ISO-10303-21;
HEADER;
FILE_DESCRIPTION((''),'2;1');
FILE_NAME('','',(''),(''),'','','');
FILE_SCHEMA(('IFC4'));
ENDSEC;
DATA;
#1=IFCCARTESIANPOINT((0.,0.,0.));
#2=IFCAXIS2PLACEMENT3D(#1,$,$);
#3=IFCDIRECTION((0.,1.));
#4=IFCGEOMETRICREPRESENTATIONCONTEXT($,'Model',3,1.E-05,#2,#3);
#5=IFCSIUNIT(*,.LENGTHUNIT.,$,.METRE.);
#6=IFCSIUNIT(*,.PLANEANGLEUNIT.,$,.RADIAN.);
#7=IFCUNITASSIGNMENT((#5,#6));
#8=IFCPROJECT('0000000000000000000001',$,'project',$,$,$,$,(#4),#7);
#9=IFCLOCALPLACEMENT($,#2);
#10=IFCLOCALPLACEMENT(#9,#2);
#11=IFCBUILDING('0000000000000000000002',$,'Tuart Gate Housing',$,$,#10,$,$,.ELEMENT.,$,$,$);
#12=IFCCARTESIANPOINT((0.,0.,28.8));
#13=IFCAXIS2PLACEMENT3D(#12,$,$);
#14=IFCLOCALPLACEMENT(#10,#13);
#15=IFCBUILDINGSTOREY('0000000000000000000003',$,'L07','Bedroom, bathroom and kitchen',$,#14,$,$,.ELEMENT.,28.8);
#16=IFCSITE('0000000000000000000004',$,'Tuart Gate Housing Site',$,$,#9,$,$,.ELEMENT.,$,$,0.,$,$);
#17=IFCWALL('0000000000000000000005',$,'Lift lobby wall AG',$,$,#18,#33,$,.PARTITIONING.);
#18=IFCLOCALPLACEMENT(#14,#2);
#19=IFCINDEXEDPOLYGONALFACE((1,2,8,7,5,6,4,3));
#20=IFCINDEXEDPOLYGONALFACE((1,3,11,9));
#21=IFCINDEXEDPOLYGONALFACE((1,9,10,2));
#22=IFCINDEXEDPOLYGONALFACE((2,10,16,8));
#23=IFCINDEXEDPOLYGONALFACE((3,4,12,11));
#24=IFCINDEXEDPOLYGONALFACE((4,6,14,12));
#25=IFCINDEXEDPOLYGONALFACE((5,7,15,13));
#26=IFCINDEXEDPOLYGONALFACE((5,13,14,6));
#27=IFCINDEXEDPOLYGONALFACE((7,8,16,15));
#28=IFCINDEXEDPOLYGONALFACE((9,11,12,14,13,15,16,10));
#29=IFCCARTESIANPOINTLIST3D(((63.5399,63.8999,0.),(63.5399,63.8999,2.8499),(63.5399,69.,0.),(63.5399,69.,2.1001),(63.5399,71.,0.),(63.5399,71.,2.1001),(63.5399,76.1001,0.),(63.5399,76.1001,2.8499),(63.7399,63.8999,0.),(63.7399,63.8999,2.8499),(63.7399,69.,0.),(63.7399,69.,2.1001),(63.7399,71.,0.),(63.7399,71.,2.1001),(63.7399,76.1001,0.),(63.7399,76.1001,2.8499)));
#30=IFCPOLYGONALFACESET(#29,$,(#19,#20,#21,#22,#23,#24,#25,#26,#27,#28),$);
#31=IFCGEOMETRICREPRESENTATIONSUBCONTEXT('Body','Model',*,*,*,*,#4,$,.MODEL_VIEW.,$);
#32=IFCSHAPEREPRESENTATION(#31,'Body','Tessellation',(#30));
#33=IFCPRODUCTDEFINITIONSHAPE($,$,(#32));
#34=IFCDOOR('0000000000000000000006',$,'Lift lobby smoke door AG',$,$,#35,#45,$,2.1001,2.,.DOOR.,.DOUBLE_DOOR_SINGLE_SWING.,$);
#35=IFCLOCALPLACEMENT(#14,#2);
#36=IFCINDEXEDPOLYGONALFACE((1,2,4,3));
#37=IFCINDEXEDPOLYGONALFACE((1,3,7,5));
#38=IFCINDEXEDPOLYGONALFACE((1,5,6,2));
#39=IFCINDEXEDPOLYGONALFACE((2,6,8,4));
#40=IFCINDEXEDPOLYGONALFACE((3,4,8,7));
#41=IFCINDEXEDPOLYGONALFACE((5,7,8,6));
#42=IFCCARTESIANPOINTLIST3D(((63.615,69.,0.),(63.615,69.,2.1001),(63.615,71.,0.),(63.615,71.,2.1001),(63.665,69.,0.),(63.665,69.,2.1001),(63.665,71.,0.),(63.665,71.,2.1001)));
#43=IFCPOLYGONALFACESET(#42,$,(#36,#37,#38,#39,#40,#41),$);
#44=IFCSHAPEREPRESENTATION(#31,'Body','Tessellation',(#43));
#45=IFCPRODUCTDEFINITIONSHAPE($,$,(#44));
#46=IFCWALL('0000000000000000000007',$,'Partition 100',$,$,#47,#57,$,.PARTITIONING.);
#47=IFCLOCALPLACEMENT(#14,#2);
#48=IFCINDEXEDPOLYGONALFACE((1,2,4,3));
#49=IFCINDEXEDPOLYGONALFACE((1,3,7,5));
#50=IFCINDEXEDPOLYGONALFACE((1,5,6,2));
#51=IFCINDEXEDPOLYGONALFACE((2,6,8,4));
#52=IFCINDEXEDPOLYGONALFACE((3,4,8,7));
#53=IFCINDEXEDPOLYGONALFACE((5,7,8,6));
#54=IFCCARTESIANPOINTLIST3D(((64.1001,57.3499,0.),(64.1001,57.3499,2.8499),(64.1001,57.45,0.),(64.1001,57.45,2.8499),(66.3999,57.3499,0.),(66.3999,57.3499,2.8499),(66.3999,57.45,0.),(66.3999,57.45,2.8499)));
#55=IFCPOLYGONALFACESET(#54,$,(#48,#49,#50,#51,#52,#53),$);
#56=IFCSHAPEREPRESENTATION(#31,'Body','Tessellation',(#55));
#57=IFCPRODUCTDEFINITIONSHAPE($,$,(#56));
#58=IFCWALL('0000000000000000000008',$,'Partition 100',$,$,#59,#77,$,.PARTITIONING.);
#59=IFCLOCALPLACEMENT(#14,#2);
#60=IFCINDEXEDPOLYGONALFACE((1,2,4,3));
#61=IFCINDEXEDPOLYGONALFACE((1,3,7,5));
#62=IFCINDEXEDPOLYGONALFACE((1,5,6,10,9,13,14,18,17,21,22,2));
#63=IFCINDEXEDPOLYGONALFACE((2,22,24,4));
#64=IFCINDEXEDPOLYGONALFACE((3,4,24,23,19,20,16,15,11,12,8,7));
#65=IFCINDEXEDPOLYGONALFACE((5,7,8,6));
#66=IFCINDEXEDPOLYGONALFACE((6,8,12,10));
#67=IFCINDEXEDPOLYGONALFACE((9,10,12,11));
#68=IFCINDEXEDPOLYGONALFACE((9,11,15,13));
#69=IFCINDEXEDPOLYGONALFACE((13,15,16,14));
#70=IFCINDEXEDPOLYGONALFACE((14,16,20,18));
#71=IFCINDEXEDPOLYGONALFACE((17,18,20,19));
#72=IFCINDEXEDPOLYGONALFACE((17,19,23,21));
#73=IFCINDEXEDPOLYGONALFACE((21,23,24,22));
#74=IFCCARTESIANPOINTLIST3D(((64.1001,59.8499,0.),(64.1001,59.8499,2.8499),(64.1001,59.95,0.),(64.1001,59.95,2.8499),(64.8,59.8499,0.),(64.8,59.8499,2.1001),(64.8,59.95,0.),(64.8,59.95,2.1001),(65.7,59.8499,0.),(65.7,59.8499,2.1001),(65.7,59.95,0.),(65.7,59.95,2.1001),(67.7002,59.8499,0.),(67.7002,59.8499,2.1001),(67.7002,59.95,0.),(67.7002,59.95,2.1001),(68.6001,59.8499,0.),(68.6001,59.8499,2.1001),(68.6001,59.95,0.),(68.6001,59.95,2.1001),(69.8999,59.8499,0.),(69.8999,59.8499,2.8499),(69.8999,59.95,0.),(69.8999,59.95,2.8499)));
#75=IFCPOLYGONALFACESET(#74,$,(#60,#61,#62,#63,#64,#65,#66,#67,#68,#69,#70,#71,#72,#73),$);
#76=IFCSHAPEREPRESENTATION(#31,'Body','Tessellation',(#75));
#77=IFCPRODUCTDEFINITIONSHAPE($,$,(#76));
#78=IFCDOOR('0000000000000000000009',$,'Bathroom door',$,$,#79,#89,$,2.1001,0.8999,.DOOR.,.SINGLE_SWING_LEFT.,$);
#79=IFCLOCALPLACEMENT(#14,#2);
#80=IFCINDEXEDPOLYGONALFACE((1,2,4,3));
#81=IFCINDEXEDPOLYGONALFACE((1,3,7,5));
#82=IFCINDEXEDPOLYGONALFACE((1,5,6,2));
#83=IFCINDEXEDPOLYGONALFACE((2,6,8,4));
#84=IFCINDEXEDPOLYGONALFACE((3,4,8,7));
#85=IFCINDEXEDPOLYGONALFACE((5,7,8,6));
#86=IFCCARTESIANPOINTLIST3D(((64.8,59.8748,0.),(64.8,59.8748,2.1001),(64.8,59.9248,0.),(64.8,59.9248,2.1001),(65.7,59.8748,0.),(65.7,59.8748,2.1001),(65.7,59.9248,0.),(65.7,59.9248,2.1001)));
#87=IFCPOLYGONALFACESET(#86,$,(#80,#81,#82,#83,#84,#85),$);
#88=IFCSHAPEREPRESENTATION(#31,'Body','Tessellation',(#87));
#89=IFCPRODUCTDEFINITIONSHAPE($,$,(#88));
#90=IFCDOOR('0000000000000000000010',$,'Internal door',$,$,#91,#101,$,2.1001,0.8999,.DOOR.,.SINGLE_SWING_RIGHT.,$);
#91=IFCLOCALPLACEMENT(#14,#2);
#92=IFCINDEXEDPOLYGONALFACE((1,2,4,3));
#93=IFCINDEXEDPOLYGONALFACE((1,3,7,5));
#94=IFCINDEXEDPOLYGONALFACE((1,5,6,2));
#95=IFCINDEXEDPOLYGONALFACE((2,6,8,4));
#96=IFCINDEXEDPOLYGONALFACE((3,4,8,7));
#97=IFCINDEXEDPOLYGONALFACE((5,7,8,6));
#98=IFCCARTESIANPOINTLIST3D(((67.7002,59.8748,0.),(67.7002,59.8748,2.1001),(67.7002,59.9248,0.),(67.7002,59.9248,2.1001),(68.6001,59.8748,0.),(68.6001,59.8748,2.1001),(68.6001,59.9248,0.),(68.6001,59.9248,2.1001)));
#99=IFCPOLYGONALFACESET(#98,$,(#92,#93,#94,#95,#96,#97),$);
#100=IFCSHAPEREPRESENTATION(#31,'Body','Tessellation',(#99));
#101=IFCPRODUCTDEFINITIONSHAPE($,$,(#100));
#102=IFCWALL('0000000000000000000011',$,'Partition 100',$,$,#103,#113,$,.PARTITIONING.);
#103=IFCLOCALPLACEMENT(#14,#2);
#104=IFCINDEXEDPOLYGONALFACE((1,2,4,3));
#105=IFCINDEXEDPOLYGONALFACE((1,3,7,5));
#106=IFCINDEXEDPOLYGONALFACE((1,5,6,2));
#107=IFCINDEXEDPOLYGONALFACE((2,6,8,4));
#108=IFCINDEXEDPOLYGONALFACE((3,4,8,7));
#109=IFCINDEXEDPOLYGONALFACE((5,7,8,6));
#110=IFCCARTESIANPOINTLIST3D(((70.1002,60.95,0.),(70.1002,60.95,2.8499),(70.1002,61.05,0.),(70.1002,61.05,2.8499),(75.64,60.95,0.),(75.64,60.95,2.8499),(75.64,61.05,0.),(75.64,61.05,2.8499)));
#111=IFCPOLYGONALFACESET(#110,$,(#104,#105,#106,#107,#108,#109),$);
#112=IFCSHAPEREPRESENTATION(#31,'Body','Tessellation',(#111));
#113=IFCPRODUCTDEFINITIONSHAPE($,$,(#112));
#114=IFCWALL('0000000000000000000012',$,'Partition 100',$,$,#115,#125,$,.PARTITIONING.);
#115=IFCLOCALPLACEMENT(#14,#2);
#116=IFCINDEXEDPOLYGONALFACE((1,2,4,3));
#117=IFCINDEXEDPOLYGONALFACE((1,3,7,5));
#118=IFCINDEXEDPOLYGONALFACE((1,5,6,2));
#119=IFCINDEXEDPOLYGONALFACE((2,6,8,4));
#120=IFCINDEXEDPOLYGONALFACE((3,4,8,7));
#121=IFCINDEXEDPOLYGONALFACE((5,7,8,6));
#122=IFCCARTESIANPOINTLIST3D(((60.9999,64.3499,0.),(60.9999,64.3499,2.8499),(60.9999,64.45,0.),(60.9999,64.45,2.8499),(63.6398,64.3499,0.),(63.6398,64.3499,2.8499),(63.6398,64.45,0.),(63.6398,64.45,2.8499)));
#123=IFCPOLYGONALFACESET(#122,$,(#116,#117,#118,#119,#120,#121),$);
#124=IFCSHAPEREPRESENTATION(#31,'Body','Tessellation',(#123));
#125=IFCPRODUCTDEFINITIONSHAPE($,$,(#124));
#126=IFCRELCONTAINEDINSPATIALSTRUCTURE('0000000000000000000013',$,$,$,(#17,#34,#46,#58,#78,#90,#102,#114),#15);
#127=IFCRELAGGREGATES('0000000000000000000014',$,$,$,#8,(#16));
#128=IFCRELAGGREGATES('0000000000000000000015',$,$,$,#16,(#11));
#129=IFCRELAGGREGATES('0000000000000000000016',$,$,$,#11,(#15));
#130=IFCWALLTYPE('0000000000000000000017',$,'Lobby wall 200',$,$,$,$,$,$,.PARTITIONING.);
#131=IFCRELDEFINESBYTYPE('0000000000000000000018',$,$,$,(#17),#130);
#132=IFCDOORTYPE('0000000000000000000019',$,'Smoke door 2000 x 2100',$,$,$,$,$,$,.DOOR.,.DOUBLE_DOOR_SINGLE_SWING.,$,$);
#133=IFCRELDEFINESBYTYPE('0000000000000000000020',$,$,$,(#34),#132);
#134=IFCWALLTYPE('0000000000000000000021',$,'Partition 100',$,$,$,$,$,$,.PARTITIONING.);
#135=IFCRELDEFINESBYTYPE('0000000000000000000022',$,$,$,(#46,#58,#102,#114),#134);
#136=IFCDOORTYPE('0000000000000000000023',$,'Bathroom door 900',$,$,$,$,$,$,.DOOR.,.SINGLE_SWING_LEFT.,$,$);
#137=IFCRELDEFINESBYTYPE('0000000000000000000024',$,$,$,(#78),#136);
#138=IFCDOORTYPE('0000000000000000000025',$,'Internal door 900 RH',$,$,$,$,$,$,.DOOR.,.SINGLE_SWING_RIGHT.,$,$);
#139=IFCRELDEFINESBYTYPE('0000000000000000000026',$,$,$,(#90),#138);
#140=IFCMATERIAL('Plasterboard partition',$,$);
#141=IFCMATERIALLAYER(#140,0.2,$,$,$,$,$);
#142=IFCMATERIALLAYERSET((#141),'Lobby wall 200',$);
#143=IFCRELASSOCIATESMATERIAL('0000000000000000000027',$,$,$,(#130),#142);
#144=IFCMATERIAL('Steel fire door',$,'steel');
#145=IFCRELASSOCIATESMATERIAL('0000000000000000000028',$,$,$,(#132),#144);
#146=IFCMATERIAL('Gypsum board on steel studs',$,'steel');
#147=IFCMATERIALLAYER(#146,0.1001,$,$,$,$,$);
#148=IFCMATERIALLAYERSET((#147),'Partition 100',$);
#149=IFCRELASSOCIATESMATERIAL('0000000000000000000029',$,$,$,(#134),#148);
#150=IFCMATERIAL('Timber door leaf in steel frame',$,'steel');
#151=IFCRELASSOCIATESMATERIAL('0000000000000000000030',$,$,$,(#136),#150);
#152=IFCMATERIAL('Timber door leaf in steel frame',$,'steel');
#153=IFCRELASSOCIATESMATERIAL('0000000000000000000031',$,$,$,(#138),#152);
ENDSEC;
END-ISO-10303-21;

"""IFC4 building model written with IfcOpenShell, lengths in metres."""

from ifc_helpers import new_model, si_unit, direction, frame, frame_2d, origin, place, context, subcontext, project, spatial, rectangle, extrude, material, layer, layer_set, type_object, element, fill, save


model = new_model("IFC4")

# Units and contexts
model_context = context("Model", 3, precision=1e-05, world=origin(), true_north=direction((0.0, 1.0)))
body_context = subcontext(model_context, "Body", "Model", "MODEL_VIEW")
ifc_project = project(units=[si_unit("LENGTHUNIT", "METRE"), si_unit("PLANEANGLEUNIT", "RADIAN")], contexts=[model_context])

# Site, building, storey
site_placement = place(None, origin())
site = spatial("IfcSite", under=ifc_project, at=site_placement, Name="Tuart Gate Housing Site", CompositionType="ELEMENT", RefElevation=0.0)
building_placement = place(site_placement, origin())
building = spatial("IfcBuilding", under=site, at=building_placement, Name="Tuart Gate Housing", CompositionType="ELEMENT")
storey_placement = place(building_placement, frame((0.0, 0.0, 28.8)))
storey = spatial("IfcBuildingStorey", under=building, at=storey_placement, Name="L07", Description="Bedroom, bathroom and kitchen", CompositionType="ELEMENT", Elevation=28.8)

# Wall, opening, door
ifc_material_1 = material(Name="Plasterboard partition")
ifc_layer_1 = layer(ifc_material_1, 0.2)
ifc_layer_set_1 = layer_set([ifc_layer_1], Name="Lobby wall 200")
wall_type_1 = type_object("IfcWallType", Name="Lobby wall 200", PredefinedType="PARTITIONING", material=ifc_layer_set_1)
wall_1_placement = place(storey_placement, frame((63.6399, 63.8999, 0.0), z_axis=(0.0, 0.0, 1.0), x_axis=(0.0, 1.0, 0.0)))
wall_1 = element("IfcWall", 1, at=wall_1_placement, inside=storey, type_object=wall_type_1, Name="Lift lobby wall AG", PredefinedType="PARTITIONING", context=body_context, shape_type="SweptSolid", body=[
    extrude(rectangle(XDim=12.2002, YDim=0.2, at=frame_2d((6.1001, 0.0))), origin(), (0.0, 0.0, 1.0), 2.8499),
])
opening_1_placement = place(wall_1_placement, frame((5.1001, 0.0, 0.0)))
opening_1 = element("IfcOpeningElement", 2, at=opening_1_placement, cuts=wall_1, PredefinedType="OPENING", context=body_context, shape_type="SweptSolid", body=[
    extrude(rectangle(XDim=2.0, YDim=2.1001, at=frame_2d((1.0, 1.05))), frame((0.0, 0.1099, 0.0), z_axis=(0.0, -1.0, 0.0), x_axis=(1.0, 0.0, 0.0)), (0.0, 0.0, 1.0), 0.22),
])
ifc_material_2 = material(Name="Steel fire door", Category="steel")
door_type_1 = type_object("IfcDoorType", Name="Smoke door 2000 x 2100", OperationType="DOUBLE_DOOR_SINGLE_SWING", PredefinedType="DOOR", material=ifc_material_2)
door_1_placement = place(opening_1_placement, frame((2.0, 0.0, 0.0), z_axis=(0.0, 0.0, 1.0), x_axis=(-1.0, 0.0, 0.0)))
door_1 = element("IfcDoor", 3, at=door_1_placement, inside=storey, type_object=door_type_1, Name="Lift lobby smoke door AG", OperationType="DOUBLE_DOOR_SINGLE_SWING", OverallHeight=2.1001, OverallWidth=2.0, PredefinedType="DOOR", context=body_context, shape_type="SweptSolid", body=[
    extrude(rectangle(XDim=2.0, YDim=2.1001, at=frame_2d((1.0, 1.05))), frame((0.0, 0.0251, 0.0), z_axis=(0.0, -1.0, 0.0), x_axis=(1.0, 0.0, 0.0)), (0.0, 0.0, 1.0), 0.05),
])
fill(opening_1, door_1)

# Wall
ifc_material_3 = material(Name="Gypsum board on steel studs", Category="steel")
ifc_layer_2 = layer(ifc_material_3, 0.1001)
ifc_layer_set_2 = layer_set([ifc_layer_2], Name="Partition 100")
wall_type_2 = type_object("IfcWallType", Name="Partition 100", PredefinedType="PARTITIONING", material=ifc_layer_set_2)
wall_2_placement = place(storey_placement, frame((64.1001, 57.3999, 0.0), z_axis=(0.0, 0.0, 1.0), x_axis=(1.0, 0.0, 0.0)))
element("IfcWall", 4, at=wall_2_placement, inside=storey, type_object=wall_type_2, Name="Partition 100", PredefinedType="PARTITIONING", context=body_context, shape_type="SweptSolid", body=[
    extrude(rectangle(XDim=2.2998, YDim=0.1001, at=frame_2d((1.1499, 0.0))), origin(), (0.0, 0.0, 1.0), 2.8499),
])

# Wall, openings, doors
wall_3_placement = place(storey_placement, frame((64.1001, 59.8999, 0.0), z_axis=(0.0, 0.0, 1.0), x_axis=(1.0, 0.0, 0.0)))
wall_3 = element("IfcWall", 5, at=wall_3_placement, inside=storey, type_object=wall_type_2, Name="Partition 100", PredefinedType="PARTITIONING", context=body_context, shape_type="SweptSolid", body=[
    extrude(rectangle(XDim=5.7998, YDim=0.1001, at=frame_2d((2.8999, 0.0))), origin(), (0.0, 0.0, 1.0), 2.8499),
])
opening_2_placement = place(wall_3_placement, frame((3.6001, 0.0, 0.0)))
opening_2 = element("IfcOpeningElement", 6, at=opening_2_placement, cuts=wall_3, PredefinedType="OPENING", context=body_context, shape_type="SweptSolid", body=[
    extrude(rectangle(XDim=0.8999, YDim=2.1001, at=frame_2d((0.45, 1.05))), frame((0.0, 0.0601, 0.0), z_axis=(0.0, -1.0, 0.0), x_axis=(1.0, 0.0, 0.0)), (0.0, 0.0, 1.0), 0.1201),
])
opening_3_placement = place(wall_3_placement, frame((0.7, 0.0, 0.0)))
opening_3 = element("IfcOpeningElement", 7, at=opening_3_placement, cuts=wall_3, PredefinedType="OPENING", context=body_context, shape_type="SweptSolid", body=[
    extrude(rectangle(XDim=0.8999, YDim=2.1001, at=frame_2d((0.45, 1.05))), frame((0.0, 0.0601, 0.0), z_axis=(0.0, -1.0, 0.0), x_axis=(1.0, 0.0, 0.0)), (0.0, 0.0, 1.0), 0.1201),
])
ifc_material_4 = material(Name="Timber door leaf in steel frame", Category="steel")
door_type_2 = type_object("IfcDoorType", Name="Bathroom door 900", OperationType="SINGLE_SWING_LEFT", PredefinedType="DOOR", material=ifc_material_4)
door_2_placement = place(opening_3_placement, frame((0.8999, 0.0, 0.0), z_axis=(0.0, 0.0, 1.0), x_axis=(-1.0, 0.0, 0.0)))
door_2 = element("IfcDoor", 8, at=door_2_placement, inside=storey, type_object=door_type_2, Name="Bathroom door", OperationType="SINGLE_SWING_LEFT", OverallHeight=2.1001, OverallWidth=0.8999, PredefinedType="DOOR", context=body_context, shape_type="SweptSolid", body=[
    extrude(rectangle(XDim=0.8999, YDim=2.1001, at=frame_2d((0.45, 1.05))), frame((0.0, 0.0251, 0.0), z_axis=(0.0, -1.0, 0.0), x_axis=(1.0, 0.0, 0.0)), (0.0, 0.0, 1.0), 0.05),
])
fill(opening_3, door_2)
ifc_material_5 = material(Name="Timber door leaf in steel frame", Category="steel")
door_type_3 = type_object("IfcDoorType", Name="Internal door 900 RH", OperationType="SINGLE_SWING_RIGHT", PredefinedType="DOOR", material=ifc_material_5)
door_3_placement = place(opening_2_placement, origin())
door_3 = element("IfcDoor", 9, at=door_3_placement, inside=storey, type_object=door_type_3, Name="Internal door", OperationType="SINGLE_SWING_RIGHT", OverallHeight=2.1001, OverallWidth=0.8999, PredefinedType="DOOR", context=body_context, shape_type="SweptSolid", body=[
    extrude(rectangle(XDim=0.8999, YDim=2.1001, at=frame_2d((0.45, 1.05))), frame((0.0, 0.0249, 0.0), z_axis=(0.0, -1.0, 0.0), x_axis=(1.0, 0.0, 0.0)), (0.0, 0.0, 1.0), 0.05),
])
fill(opening_2, door_3)

# Walls
wall_4_placement = place(storey_placement, frame((70.1001, 61.0, 0.0), z_axis=(0.0, 0.0, 1.0), x_axis=(1.0, 0.0, 0.0)))
element("IfcWall", 10, at=wall_4_placement, inside=storey, type_object=wall_type_2, Name="Partition 100", PredefinedType="PARTITIONING", context=body_context, shape_type="SweptSolid", body=[
    extrude(rectangle(XDim=5.5398, YDim=0.1001, at=frame_2d((2.77, 0.0))), origin(), (0.0, 0.0, 1.0), 2.8499),
])
wall_5_placement = place(storey_placement, frame((61.0, 64.3999, 0.0), z_axis=(0.0, 0.0, 1.0), x_axis=(1.0, 0.0, 0.0)))
element("IfcWall", 11, at=wall_5_placement, inside=storey, type_object=wall_type_2, Name="Partition 100", PredefinedType="PARTITIONING", context=body_context, shape_type="SweptSolid", body=[
    extrude(rectangle(XDim=2.6399, YDim=0.1001, at=frame_2d((1.3198, 0.0))), origin(), (0.0, 0.0, 1.0), 2.8499),
])

save(model, "model.ifc")
